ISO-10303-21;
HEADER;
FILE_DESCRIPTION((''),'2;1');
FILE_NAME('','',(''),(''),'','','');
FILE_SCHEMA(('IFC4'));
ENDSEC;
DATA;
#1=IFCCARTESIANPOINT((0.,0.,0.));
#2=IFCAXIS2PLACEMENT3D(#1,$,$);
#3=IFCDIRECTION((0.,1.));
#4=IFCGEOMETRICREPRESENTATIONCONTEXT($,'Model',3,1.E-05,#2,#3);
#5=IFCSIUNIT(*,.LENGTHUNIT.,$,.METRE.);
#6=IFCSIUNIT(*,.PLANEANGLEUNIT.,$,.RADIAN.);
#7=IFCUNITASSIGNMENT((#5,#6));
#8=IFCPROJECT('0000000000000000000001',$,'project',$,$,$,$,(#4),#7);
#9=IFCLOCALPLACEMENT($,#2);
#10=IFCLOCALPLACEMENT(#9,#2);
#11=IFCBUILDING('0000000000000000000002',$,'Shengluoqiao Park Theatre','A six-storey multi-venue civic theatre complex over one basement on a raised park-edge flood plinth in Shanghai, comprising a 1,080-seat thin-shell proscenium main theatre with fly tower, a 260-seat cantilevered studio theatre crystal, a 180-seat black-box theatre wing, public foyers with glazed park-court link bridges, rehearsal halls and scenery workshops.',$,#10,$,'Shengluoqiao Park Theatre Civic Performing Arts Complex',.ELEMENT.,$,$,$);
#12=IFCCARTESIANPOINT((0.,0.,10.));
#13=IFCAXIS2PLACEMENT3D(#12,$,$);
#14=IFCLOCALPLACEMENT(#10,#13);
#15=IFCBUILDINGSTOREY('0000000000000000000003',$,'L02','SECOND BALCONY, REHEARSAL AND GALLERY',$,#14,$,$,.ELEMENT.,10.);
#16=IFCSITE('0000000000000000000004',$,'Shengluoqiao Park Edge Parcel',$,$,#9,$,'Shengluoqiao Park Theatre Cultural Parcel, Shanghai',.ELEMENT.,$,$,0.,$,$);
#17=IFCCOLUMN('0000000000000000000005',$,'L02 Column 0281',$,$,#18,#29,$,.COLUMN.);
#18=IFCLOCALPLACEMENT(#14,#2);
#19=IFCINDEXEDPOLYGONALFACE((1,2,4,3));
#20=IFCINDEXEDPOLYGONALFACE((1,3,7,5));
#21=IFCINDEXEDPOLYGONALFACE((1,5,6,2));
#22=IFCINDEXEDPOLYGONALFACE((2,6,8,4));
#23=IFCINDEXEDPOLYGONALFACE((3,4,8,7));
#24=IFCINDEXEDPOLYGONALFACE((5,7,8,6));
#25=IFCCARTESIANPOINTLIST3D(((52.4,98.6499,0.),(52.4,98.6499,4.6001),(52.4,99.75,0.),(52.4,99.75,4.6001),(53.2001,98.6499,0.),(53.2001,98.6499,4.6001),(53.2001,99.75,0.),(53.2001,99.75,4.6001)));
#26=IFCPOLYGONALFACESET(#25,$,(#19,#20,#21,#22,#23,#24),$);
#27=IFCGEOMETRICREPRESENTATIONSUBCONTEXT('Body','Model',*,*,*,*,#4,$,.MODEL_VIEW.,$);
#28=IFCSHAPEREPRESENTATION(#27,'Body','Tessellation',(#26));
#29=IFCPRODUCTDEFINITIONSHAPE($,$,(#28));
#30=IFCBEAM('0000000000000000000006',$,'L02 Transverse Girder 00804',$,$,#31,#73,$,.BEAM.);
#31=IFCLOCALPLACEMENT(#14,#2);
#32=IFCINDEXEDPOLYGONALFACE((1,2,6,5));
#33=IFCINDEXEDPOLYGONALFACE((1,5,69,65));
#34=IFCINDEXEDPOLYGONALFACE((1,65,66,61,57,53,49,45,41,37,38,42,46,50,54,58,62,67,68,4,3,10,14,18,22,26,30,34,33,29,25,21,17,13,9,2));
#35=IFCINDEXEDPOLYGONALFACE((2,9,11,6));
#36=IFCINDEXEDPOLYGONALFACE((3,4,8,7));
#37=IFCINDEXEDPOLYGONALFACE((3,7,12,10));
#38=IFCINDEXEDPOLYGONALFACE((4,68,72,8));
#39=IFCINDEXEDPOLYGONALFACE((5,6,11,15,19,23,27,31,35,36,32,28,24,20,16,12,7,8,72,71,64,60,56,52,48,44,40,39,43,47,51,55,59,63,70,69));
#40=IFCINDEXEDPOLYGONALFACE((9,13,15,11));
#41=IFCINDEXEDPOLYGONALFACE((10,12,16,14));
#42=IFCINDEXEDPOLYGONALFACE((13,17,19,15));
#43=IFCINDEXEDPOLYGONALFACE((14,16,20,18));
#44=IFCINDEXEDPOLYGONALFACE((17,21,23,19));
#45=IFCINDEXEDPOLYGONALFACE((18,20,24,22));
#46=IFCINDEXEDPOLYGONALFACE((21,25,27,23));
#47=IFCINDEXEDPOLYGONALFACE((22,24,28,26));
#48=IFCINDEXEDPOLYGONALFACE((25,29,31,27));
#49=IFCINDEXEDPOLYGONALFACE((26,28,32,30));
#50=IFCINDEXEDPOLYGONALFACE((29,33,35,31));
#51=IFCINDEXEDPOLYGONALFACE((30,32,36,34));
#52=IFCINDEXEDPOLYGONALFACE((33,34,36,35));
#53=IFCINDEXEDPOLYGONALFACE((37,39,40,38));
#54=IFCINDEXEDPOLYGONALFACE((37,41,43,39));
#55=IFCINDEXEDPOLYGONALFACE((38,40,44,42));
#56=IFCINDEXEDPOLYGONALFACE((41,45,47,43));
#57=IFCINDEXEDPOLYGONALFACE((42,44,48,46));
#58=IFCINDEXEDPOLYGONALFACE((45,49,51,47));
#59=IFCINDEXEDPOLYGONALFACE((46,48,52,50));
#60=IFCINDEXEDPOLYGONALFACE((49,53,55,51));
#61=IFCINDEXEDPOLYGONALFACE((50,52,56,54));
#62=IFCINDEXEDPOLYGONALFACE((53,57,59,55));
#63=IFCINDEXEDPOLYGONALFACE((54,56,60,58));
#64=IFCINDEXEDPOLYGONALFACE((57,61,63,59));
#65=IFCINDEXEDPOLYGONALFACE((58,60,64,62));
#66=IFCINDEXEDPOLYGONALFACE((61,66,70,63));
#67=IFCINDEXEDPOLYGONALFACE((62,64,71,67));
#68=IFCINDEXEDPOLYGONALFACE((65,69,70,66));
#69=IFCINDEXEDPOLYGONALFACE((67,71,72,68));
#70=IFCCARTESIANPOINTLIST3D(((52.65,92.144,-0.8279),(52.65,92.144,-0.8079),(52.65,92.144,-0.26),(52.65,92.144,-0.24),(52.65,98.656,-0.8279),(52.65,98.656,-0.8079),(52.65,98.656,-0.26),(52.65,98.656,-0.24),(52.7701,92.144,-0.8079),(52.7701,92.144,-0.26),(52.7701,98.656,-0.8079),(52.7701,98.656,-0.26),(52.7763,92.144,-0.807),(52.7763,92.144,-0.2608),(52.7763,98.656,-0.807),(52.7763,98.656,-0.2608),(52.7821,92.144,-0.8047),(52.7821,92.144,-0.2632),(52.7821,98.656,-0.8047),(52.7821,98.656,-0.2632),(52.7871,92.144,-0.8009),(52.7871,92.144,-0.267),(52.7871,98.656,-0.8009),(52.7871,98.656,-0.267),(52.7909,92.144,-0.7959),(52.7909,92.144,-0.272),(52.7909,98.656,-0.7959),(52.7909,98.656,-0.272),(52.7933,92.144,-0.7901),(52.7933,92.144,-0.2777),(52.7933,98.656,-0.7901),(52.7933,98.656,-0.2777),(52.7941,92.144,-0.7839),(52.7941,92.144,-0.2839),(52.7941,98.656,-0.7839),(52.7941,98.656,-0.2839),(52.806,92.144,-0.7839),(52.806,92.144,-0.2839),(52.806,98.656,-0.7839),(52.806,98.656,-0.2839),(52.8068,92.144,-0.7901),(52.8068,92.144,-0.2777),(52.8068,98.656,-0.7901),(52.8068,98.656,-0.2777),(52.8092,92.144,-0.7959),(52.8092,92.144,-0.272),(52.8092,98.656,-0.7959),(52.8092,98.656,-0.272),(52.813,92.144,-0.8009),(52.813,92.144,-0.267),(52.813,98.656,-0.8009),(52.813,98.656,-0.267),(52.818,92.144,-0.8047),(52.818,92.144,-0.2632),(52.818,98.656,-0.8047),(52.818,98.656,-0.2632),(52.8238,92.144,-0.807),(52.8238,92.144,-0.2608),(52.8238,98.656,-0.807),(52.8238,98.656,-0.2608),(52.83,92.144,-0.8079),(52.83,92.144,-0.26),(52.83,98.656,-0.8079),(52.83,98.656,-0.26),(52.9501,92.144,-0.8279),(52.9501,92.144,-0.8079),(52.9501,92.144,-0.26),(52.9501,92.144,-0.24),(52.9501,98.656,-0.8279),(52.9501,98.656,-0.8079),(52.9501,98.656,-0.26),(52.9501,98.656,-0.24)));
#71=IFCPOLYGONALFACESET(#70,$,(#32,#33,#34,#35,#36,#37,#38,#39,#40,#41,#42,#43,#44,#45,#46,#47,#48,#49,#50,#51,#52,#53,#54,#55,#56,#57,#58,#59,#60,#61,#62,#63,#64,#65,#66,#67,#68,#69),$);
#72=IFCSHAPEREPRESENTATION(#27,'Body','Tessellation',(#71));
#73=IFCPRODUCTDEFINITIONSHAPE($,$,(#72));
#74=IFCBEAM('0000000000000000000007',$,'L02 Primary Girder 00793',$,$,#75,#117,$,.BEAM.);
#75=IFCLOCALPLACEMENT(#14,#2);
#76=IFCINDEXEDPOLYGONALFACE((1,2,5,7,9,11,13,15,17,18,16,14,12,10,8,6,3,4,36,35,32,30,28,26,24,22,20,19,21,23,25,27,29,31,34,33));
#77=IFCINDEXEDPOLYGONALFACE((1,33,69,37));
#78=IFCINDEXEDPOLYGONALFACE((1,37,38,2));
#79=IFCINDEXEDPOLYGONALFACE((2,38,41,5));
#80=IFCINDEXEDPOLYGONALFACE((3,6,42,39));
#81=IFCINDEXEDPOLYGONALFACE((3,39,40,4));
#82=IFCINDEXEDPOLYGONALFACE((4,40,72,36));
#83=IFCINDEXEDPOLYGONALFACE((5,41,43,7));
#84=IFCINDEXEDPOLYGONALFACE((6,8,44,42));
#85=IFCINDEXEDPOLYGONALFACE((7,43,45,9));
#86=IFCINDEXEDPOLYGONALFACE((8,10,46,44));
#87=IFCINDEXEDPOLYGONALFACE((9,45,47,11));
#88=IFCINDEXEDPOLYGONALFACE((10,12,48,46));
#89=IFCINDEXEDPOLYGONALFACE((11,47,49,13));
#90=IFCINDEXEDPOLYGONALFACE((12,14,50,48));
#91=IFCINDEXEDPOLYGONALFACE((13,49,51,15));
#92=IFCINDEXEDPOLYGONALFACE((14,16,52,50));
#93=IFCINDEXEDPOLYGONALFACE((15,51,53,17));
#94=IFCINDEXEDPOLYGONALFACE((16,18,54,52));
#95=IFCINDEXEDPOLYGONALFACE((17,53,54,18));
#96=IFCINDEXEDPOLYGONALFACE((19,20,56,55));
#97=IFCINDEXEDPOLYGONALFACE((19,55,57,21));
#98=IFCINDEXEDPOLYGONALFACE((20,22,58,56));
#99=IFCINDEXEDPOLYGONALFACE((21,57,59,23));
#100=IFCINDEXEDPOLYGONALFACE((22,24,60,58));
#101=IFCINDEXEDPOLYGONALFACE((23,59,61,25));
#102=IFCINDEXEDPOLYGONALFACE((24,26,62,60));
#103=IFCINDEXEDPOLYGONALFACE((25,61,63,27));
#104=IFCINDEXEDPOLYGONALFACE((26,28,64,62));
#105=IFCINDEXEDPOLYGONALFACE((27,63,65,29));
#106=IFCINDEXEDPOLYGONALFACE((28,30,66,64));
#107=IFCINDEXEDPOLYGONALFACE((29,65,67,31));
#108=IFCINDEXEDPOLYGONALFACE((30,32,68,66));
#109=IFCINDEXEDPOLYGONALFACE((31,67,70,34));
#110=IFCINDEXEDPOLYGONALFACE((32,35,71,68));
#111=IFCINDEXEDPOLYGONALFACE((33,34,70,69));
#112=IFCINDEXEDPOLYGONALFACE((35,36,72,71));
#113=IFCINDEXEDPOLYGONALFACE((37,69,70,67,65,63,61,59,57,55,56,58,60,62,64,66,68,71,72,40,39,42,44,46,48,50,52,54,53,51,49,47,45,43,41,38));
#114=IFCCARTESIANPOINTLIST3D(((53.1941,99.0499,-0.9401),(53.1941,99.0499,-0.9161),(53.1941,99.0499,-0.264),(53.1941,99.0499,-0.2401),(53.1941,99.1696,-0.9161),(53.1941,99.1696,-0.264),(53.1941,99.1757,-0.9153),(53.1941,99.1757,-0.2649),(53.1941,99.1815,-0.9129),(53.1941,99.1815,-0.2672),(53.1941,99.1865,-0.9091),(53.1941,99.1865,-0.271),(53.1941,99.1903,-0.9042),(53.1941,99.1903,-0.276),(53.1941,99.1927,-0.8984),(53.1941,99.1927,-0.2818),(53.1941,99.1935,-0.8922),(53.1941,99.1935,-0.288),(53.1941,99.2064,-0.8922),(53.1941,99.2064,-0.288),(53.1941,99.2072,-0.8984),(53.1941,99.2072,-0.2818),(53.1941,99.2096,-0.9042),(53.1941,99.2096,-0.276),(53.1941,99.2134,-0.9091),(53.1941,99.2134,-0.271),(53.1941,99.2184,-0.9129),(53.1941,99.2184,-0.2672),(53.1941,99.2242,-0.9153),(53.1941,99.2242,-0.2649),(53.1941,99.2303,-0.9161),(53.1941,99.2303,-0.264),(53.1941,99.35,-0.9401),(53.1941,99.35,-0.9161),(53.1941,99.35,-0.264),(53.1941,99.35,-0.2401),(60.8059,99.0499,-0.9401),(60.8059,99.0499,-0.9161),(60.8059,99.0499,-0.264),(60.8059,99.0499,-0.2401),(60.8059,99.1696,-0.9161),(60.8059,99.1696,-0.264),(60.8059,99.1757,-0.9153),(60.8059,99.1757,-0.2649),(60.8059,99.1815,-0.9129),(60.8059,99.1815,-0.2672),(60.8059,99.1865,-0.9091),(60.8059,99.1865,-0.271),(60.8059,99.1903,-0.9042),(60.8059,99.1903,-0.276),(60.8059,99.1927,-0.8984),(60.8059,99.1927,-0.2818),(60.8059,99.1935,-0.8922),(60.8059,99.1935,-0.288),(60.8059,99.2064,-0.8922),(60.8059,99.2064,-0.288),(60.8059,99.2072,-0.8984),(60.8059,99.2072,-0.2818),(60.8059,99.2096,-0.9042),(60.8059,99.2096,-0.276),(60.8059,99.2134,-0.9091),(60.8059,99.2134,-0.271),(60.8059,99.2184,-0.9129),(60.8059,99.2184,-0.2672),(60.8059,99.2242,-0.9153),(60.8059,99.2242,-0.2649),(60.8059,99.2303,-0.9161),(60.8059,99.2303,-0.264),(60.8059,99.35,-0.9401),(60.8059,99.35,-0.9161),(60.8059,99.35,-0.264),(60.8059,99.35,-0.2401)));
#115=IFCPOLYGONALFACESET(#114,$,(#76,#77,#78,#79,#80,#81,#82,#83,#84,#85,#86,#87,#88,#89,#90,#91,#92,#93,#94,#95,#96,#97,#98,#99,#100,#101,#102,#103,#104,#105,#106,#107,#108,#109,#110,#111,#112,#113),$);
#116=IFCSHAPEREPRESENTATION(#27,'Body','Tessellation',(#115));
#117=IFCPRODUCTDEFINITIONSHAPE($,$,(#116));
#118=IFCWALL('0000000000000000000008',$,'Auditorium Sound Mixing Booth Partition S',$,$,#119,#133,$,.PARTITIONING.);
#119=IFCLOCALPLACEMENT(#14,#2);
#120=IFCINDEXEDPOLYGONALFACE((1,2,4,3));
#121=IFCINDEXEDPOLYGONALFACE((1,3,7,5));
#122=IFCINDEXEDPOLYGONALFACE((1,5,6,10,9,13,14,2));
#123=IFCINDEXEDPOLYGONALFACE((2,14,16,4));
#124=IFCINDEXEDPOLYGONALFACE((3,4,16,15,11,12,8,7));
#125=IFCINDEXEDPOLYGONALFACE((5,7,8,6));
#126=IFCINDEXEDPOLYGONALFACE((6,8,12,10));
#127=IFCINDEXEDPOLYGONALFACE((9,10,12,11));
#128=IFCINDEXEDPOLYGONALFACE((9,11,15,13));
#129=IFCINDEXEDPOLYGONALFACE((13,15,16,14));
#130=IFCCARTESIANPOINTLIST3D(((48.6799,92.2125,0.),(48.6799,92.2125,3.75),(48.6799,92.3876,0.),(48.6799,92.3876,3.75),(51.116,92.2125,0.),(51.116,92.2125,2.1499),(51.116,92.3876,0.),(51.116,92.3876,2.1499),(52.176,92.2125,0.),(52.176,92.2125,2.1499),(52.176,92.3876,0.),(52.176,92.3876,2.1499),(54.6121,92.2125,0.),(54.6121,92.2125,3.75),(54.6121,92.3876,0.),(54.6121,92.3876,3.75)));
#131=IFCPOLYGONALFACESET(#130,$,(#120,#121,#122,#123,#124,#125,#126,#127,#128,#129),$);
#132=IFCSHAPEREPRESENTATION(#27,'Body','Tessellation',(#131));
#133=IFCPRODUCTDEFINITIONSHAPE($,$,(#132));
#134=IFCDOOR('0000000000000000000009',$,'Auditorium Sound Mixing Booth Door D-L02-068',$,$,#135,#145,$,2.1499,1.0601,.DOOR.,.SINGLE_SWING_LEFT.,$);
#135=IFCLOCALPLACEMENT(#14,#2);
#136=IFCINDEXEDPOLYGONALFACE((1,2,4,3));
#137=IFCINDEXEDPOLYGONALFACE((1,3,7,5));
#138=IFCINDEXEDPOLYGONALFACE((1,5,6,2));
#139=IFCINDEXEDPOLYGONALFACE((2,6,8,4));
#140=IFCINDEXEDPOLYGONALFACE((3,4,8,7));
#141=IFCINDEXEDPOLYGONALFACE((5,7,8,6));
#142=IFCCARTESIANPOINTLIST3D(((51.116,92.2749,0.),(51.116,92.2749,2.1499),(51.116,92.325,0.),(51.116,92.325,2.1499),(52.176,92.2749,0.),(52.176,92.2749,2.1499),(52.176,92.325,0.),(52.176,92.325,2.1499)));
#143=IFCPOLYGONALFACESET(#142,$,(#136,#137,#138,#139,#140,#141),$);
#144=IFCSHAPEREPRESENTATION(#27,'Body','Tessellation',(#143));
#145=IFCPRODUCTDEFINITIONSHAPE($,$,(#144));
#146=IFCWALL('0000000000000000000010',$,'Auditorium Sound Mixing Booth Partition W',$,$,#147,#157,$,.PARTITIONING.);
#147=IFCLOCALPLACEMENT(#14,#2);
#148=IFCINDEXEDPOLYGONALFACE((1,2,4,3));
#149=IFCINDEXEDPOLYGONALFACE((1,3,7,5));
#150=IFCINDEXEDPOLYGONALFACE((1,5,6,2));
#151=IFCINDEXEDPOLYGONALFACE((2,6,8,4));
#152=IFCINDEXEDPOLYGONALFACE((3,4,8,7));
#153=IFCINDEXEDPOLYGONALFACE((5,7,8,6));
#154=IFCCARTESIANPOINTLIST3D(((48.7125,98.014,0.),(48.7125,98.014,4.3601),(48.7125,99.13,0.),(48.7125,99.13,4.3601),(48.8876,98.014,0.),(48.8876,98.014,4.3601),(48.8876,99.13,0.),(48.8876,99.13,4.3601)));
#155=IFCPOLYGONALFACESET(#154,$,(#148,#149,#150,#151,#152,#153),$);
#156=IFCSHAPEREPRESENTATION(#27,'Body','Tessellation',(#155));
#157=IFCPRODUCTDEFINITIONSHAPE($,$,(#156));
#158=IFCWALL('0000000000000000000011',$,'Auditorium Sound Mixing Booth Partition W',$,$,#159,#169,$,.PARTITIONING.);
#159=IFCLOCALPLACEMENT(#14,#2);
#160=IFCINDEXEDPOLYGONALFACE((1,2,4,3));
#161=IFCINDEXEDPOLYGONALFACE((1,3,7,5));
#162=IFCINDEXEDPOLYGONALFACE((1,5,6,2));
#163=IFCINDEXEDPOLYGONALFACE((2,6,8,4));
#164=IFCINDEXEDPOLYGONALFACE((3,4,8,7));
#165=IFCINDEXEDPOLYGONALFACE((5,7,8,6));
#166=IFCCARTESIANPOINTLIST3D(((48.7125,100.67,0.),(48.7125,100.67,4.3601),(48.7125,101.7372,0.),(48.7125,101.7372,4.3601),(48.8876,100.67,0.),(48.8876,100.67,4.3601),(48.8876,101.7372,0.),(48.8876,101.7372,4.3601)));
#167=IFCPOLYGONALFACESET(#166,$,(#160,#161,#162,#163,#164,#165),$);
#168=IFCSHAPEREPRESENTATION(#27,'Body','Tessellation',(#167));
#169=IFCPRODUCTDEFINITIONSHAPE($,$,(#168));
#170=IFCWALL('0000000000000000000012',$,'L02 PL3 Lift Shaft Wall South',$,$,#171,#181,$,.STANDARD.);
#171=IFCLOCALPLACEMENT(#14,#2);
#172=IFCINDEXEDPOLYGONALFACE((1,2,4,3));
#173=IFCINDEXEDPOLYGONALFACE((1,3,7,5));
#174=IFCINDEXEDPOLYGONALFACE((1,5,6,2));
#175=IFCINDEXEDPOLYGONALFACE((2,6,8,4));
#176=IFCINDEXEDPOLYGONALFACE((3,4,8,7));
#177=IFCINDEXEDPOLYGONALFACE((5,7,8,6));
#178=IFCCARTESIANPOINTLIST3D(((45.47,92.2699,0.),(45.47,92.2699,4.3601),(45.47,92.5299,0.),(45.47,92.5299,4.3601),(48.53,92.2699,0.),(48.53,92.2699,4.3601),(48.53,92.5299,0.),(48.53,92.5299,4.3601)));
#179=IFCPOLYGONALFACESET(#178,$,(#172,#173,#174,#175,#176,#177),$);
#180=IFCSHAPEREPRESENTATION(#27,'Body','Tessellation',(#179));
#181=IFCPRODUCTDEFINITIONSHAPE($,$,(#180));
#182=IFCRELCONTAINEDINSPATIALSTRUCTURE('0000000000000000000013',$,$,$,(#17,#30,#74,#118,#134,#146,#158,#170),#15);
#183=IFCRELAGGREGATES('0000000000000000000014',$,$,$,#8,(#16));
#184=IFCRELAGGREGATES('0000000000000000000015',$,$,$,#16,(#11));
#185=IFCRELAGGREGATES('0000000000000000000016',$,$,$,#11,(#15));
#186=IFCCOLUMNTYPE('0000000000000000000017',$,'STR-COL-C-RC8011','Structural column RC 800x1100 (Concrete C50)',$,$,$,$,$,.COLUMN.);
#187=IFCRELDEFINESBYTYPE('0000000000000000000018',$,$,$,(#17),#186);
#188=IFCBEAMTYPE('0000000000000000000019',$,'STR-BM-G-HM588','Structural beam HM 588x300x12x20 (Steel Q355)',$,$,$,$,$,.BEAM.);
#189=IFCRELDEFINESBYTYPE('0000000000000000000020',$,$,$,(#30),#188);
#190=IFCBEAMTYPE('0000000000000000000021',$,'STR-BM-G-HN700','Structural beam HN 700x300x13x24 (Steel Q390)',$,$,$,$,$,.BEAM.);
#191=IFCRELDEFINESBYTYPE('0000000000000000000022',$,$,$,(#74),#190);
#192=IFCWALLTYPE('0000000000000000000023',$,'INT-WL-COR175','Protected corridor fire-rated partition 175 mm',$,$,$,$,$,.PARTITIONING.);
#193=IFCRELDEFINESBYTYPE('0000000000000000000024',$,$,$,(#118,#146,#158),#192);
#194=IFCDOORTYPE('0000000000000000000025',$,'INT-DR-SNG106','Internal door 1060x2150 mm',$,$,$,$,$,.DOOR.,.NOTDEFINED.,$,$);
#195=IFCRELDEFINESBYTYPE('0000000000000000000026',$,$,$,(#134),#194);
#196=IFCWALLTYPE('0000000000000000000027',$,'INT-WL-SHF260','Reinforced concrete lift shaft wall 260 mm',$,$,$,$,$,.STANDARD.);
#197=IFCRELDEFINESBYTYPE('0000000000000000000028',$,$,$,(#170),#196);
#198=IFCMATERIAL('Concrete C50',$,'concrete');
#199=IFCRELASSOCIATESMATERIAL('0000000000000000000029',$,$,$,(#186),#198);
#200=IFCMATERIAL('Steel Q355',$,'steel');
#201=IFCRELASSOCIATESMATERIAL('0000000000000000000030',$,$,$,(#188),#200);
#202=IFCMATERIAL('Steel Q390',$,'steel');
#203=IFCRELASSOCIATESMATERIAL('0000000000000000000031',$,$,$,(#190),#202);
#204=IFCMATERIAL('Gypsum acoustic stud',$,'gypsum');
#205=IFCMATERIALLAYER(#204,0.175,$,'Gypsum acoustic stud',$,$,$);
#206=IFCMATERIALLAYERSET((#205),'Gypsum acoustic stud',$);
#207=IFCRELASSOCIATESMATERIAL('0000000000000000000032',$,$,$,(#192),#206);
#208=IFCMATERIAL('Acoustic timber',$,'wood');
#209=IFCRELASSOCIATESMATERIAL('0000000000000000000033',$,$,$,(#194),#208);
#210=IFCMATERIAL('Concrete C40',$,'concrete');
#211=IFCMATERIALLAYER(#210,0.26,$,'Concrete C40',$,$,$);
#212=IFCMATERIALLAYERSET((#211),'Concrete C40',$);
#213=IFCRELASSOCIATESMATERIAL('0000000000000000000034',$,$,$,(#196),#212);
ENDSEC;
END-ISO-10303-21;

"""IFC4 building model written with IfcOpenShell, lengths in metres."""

from ifc_helpers import new_model, si_unit, direction, frame, frame_2d, origin, origin_2d, place, context, subcontext, project, spatial, rectangle, i_section, extrude, material, layer, layer_set, material_profile, profile_set, type_object, element, fill, save


model = new_model("IFC4")

# Units and contexts
model_context = context("Model", 3, precision=1e-05, world=origin(), true_north=direction((0.0, 1.0)))
body_context = subcontext(model_context, "Body", "Model", "MODEL_VIEW")
ifc_project = project(units=[si_unit("LENGTHUNIT", "METRE"), si_unit("PLANEANGLEUNIT", "RADIAN")], contexts=[model_context])

# Site, building, storey
site_placement = place(None, origin())
site = spatial("IfcSite", under=ifc_project, at=site_placement, Name="Shengluoqiao Park Edge Parcel", LongName="Shengluoqiao Park Theatre Cultural Parcel, Shanghai", CompositionType="ELEMENT", RefElevation=0.0)
building_placement = place(site_placement, origin())
building = spatial("IfcBuilding", under=site, at=building_placement, Name="Shengluoqiao Park Theatre", Description="A six-storey multi-venue civic theatre complex over one basement on a raised park-edge flood plinth in Shanghai, comprising a 1,080-seat thin-shell proscenium main theatre with fly tower, a 260-seat cantilevered studio theatre crystal, a 180-seat black-box theatre wing, public foyers with glazed park-court link bridges, rehearsal halls and scenery workshops.", LongName="Shengluoqiao Park Theatre Civic Performing Arts Complex", CompositionType="ELEMENT")
storey_placement = place(building_placement, frame((0.0, 0.0, 10.0)))
storey = spatial("IfcBuildingStorey", under=building, at=storey_placement, Name="L02", Description="SECOND BALCONY, REHEARSAL AND GALLERY", CompositionType="ELEMENT", Elevation=10.0)

# Column
ifc_material_1 = material(Name="Concrete C50", Category="concrete")
ifc_material_profile_1 = material_profile(ifc_material_1, rectangle(XDim=0.8, YDim=1.1001, at=origin_2d()), Name="RC 800x1100")
ifc_profile_set_1 = profile_set([ifc_material_profile_1], Name="Concrete C50")
column_type = type_object("IfcColumnType", Name="STR-COL-C-RC8011", Description="Structural column RC 800x1100 (Concrete C50)", PredefinedType="COLUMN", material=ifc_profile_set_1)
column_placement = place(storey_placement, frame((52.8, 99.2, 0.0), z_axis=(0.0, 0.0, 1.0), x_axis=(1.0, 0.0, 0.0)))
element("IfcColumn", 1, at=column_placement, inside=storey, type_object=column_type, Name="L02 Column 0281", PredefinedType="COLUMN", context=body_context, shape_type="SweptSolid", body=[
    extrude(rectangle(XDim=0.8, YDim=1.1001, at=origin_2d()), origin(), (0.0, 0.0, 1.0), 4.6001),
])

# Beams
ifc_material_2 = material(Name="Steel Q355", Category="steel")
ifc_material_profile_2 = material_profile(ifc_material_2, i_section(OverallWidth=0.3, OverallDepth=0.5879, WebThickness=0.012, FlangeThickness=0.02, FilletRadius=0.0239, at=origin_2d()), Name="HM 588x300x12x20")
ifc_profile_set_2 = profile_set([ifc_material_profile_2], Name="Steel Q355")
beam_type_1 = type_object("IfcBeamType", Name="STR-BM-G-HM588", Description="Structural beam HM 588x300x12x20 (Steel Q355)", PredefinedType="BEAM", material=ifc_profile_set_2)
beam_1_placement = place(storey_placement, frame((52.8, 92.144, -0.5339), z_axis=(0.0, 1.0, 0.0), x_axis=(-1.0, 0.0, 0.0)))
element("IfcBeam", 2, at=beam_1_placement, inside=storey, type_object=beam_type_1, Name="L02 Transverse Girder 00804", PredefinedType="BEAM", context=body_context, shape_type="SweptSolid", body=[
    extrude(i_section(OverallWidth=0.3, OverallDepth=0.5879, WebThickness=0.012, FlangeThickness=0.02, FilletRadius=0.0239, at=origin_2d()), origin(), (0.0, 0.0, 1.0), 6.512),
])
ifc_material_3 = material(Name="Steel Q390", Category="steel")
ifc_material_profile_3 = material_profile(ifc_material_3, i_section(OverallWidth=0.3, OverallDepth=0.7, WebThickness=0.0129, FlangeThickness=0.0239, FilletRadius=0.0239, at=origin_2d()), Name="HN 700x300x13x24")
ifc_profile_set_3 = profile_set([ifc_material_profile_3], Name="Steel Q390")
beam_type_2 = type_object("IfcBeamType", Name="STR-BM-G-HN700", Description="Structural beam HN 700x300x13x24 (Steel Q390)", PredefinedType="BEAM", material=ifc_profile_set_3)
beam_2_placement = place(storey_placement, frame((53.1941, 99.2, -0.5901), z_axis=(1.0, 0.0, 0.0), x_axis=(0.0, 1.0, 0.0)))
element("IfcBeam", 3, at=beam_2_placement, inside=storey, type_object=beam_type_2, Name="L02 Primary Girder 00793", PredefinedType="BEAM", context=body_context, shape_type="SweptSolid", body=[
    extrude(i_section(OverallWidth=0.3, OverallDepth=0.7, WebThickness=0.0129, FlangeThickness=0.0239, FilletRadius=0.0239, at=origin_2d()), origin(), (0.0, 0.0, 1.0), 7.6118),
])

# Wall, opening, door
ifc_material_4 = material(Name="Gypsum acoustic stud", Category="gypsum")
ifc_layer_1 = layer(ifc_material_4, 0.175, Name="Gypsum acoustic stud")
ifc_layer_set_1 = layer_set([ifc_layer_1], Name="Gypsum acoustic stud")
wall_type_1 = type_object("IfcWallType", Name="INT-WL-COR175", Description="Protected corridor fire-rated partition 175 mm", PredefinedType="PARTITIONING", material=ifc_layer_set_1)
wall_1_placement = place(storey_placement, frame((48.6799, 92.3, 0.0), z_axis=(0.0, 0.0, 1.0), x_axis=(1.0, 0.0, 0.0)))
wall_1 = element("IfcWall", 4, at=wall_1_placement, inside=storey, type_object=wall_type_1, Name="Auditorium Sound Mixing Booth Partition S", PredefinedType="PARTITIONING", context=body_context, shape_type="SweptSolid", body=[
    extrude(rectangle(XDim=5.9321, YDim=0.175, at=frame_2d((2.9661, 0.0))), origin(), (0.0, 0.0, 1.0), 3.75),
])
opening_1_placement = place(wall_1_placement, frame((2.436, 0.0, 0.0)))
opening_1 = element("IfcOpeningElement", 5, at=opening_1_placement, cuts=wall_1, PredefinedType="OPENING", context=body_context, shape_type="SweptSolid", body=[
    extrude(rectangle(XDim=1.0601, YDim=2.1499, at=frame_2d((0.53, 1.075))), frame((0.0, 0.0974, 0.0), z_axis=(0.0, -1.0, 0.0), x_axis=(1.0, 0.0, 0.0)), (0.0, 0.0, 1.0), 0.1951),
])
ifc_material_5 = material(Name="Acoustic timber", Category="wood")
door_type_1 = type_object("IfcDoorType", Name="INT-DR-SNG106", Description="Internal door 1060x2150 mm", OperationType="NOTDEFINED", PredefinedType="DOOR", material=ifc_material_5)
door_1_placement = place(opening_1_placement, origin())
door_1 = element("IfcDoor", 6, at=door_1_placement, inside=storey, type_object=door_type_1, Name="Auditorium Sound Mixing Booth Door D-L02-068", OperationType="SINGLE_SWING_LEFT", OverallHeight=2.1499, OverallWidth=1.0601, PredefinedType="DOOR", context=body_context, shape_type="SweptSolid", body=[
    extrude(rectangle(XDim=1.0601, YDim=2.1499, at=frame_2d((0.53, 1.075))), frame((0.0, 0.0249, 0.0), z_axis=(0.0, -1.0, 0.0), x_axis=(1.0, 0.0, 0.0)), (0.0, 0.0, 1.0), 0.05),
])
fill(opening_1, door_1)

# Walls
wall_2_placement = place(storey_placement, frame((48.8, 98.0139, 0.0), z_axis=(0.0, 0.0, 1.0), x_axis=(0.0, 1.0, 0.0)))
element("IfcWall", 7, at=wall_2_placement, inside=storey, type_object=wall_type_1, Name="Auditorium Sound Mixing Booth Partition W", PredefinedType="PARTITIONING", context=body_context, shape_type="SweptSolid", body=[
    extrude(rectangle(XDim=1.116, YDim=0.175, at=frame_2d((0.5581, 0.0))), origin(), (0.0, 0.0, 1.0), 4.3601),
])
wall_3_placement = place(storey_placement, frame((48.8, 100.6699, 0.0), z_axis=(0.0, 0.0, 1.0), x_axis=(0.0, 1.0, 0.0)))
element("IfcWall", 8, at=wall_3_placement, inside=storey, type_object=wall_type_1, Name="Auditorium Sound Mixing Booth Partition W", PredefinedType="PARTITIONING", context=body_context, shape_type="SweptSolid", body=[
    extrude(rectangle(XDim=1.0671, YDim=0.175, at=frame_2d((0.5337, 0.0))), origin(), (0.0, 0.0, 1.0), 4.3601),
])
ifc_material_6 = material(Name="Concrete C40", Category="concrete")
ifc_layer_2 = layer(ifc_material_6, 0.26, Name="Concrete C40")
ifc_layer_set_2 = layer_set([ifc_layer_2], Name="Concrete C40")
wall_type_2 = type_object("IfcWallType", Name="INT-WL-SHF260", Description="Reinforced concrete lift shaft wall 260 mm", PredefinedType="STANDARD", material=ifc_layer_set_2)
for number, where, z_axis, x_axis, name in (
    (9, (45.47, 92.3999, 0.0), (0.0, 0.0, 1.0), (1.0, 0.0, 0.0), "L02 PL3 Lift Shaft Wall South"),
):
    element("IfcWall", number, at=place(storey_placement, frame(where, z_axis=z_axis, x_axis=x_axis)), inside=storey, type_object=wall_type_2, Name=name, PredefinedType="STANDARD", context=body_context, shape_type="SweptSolid", body=[
        extrude(rectangle(XDim=3.0601, YDim=0.26, at=frame_2d((1.53, 0.0))), origin(), (0.0, 0.0, 1.0), 4.3601),
    ])

save(model, "model.ifc")
